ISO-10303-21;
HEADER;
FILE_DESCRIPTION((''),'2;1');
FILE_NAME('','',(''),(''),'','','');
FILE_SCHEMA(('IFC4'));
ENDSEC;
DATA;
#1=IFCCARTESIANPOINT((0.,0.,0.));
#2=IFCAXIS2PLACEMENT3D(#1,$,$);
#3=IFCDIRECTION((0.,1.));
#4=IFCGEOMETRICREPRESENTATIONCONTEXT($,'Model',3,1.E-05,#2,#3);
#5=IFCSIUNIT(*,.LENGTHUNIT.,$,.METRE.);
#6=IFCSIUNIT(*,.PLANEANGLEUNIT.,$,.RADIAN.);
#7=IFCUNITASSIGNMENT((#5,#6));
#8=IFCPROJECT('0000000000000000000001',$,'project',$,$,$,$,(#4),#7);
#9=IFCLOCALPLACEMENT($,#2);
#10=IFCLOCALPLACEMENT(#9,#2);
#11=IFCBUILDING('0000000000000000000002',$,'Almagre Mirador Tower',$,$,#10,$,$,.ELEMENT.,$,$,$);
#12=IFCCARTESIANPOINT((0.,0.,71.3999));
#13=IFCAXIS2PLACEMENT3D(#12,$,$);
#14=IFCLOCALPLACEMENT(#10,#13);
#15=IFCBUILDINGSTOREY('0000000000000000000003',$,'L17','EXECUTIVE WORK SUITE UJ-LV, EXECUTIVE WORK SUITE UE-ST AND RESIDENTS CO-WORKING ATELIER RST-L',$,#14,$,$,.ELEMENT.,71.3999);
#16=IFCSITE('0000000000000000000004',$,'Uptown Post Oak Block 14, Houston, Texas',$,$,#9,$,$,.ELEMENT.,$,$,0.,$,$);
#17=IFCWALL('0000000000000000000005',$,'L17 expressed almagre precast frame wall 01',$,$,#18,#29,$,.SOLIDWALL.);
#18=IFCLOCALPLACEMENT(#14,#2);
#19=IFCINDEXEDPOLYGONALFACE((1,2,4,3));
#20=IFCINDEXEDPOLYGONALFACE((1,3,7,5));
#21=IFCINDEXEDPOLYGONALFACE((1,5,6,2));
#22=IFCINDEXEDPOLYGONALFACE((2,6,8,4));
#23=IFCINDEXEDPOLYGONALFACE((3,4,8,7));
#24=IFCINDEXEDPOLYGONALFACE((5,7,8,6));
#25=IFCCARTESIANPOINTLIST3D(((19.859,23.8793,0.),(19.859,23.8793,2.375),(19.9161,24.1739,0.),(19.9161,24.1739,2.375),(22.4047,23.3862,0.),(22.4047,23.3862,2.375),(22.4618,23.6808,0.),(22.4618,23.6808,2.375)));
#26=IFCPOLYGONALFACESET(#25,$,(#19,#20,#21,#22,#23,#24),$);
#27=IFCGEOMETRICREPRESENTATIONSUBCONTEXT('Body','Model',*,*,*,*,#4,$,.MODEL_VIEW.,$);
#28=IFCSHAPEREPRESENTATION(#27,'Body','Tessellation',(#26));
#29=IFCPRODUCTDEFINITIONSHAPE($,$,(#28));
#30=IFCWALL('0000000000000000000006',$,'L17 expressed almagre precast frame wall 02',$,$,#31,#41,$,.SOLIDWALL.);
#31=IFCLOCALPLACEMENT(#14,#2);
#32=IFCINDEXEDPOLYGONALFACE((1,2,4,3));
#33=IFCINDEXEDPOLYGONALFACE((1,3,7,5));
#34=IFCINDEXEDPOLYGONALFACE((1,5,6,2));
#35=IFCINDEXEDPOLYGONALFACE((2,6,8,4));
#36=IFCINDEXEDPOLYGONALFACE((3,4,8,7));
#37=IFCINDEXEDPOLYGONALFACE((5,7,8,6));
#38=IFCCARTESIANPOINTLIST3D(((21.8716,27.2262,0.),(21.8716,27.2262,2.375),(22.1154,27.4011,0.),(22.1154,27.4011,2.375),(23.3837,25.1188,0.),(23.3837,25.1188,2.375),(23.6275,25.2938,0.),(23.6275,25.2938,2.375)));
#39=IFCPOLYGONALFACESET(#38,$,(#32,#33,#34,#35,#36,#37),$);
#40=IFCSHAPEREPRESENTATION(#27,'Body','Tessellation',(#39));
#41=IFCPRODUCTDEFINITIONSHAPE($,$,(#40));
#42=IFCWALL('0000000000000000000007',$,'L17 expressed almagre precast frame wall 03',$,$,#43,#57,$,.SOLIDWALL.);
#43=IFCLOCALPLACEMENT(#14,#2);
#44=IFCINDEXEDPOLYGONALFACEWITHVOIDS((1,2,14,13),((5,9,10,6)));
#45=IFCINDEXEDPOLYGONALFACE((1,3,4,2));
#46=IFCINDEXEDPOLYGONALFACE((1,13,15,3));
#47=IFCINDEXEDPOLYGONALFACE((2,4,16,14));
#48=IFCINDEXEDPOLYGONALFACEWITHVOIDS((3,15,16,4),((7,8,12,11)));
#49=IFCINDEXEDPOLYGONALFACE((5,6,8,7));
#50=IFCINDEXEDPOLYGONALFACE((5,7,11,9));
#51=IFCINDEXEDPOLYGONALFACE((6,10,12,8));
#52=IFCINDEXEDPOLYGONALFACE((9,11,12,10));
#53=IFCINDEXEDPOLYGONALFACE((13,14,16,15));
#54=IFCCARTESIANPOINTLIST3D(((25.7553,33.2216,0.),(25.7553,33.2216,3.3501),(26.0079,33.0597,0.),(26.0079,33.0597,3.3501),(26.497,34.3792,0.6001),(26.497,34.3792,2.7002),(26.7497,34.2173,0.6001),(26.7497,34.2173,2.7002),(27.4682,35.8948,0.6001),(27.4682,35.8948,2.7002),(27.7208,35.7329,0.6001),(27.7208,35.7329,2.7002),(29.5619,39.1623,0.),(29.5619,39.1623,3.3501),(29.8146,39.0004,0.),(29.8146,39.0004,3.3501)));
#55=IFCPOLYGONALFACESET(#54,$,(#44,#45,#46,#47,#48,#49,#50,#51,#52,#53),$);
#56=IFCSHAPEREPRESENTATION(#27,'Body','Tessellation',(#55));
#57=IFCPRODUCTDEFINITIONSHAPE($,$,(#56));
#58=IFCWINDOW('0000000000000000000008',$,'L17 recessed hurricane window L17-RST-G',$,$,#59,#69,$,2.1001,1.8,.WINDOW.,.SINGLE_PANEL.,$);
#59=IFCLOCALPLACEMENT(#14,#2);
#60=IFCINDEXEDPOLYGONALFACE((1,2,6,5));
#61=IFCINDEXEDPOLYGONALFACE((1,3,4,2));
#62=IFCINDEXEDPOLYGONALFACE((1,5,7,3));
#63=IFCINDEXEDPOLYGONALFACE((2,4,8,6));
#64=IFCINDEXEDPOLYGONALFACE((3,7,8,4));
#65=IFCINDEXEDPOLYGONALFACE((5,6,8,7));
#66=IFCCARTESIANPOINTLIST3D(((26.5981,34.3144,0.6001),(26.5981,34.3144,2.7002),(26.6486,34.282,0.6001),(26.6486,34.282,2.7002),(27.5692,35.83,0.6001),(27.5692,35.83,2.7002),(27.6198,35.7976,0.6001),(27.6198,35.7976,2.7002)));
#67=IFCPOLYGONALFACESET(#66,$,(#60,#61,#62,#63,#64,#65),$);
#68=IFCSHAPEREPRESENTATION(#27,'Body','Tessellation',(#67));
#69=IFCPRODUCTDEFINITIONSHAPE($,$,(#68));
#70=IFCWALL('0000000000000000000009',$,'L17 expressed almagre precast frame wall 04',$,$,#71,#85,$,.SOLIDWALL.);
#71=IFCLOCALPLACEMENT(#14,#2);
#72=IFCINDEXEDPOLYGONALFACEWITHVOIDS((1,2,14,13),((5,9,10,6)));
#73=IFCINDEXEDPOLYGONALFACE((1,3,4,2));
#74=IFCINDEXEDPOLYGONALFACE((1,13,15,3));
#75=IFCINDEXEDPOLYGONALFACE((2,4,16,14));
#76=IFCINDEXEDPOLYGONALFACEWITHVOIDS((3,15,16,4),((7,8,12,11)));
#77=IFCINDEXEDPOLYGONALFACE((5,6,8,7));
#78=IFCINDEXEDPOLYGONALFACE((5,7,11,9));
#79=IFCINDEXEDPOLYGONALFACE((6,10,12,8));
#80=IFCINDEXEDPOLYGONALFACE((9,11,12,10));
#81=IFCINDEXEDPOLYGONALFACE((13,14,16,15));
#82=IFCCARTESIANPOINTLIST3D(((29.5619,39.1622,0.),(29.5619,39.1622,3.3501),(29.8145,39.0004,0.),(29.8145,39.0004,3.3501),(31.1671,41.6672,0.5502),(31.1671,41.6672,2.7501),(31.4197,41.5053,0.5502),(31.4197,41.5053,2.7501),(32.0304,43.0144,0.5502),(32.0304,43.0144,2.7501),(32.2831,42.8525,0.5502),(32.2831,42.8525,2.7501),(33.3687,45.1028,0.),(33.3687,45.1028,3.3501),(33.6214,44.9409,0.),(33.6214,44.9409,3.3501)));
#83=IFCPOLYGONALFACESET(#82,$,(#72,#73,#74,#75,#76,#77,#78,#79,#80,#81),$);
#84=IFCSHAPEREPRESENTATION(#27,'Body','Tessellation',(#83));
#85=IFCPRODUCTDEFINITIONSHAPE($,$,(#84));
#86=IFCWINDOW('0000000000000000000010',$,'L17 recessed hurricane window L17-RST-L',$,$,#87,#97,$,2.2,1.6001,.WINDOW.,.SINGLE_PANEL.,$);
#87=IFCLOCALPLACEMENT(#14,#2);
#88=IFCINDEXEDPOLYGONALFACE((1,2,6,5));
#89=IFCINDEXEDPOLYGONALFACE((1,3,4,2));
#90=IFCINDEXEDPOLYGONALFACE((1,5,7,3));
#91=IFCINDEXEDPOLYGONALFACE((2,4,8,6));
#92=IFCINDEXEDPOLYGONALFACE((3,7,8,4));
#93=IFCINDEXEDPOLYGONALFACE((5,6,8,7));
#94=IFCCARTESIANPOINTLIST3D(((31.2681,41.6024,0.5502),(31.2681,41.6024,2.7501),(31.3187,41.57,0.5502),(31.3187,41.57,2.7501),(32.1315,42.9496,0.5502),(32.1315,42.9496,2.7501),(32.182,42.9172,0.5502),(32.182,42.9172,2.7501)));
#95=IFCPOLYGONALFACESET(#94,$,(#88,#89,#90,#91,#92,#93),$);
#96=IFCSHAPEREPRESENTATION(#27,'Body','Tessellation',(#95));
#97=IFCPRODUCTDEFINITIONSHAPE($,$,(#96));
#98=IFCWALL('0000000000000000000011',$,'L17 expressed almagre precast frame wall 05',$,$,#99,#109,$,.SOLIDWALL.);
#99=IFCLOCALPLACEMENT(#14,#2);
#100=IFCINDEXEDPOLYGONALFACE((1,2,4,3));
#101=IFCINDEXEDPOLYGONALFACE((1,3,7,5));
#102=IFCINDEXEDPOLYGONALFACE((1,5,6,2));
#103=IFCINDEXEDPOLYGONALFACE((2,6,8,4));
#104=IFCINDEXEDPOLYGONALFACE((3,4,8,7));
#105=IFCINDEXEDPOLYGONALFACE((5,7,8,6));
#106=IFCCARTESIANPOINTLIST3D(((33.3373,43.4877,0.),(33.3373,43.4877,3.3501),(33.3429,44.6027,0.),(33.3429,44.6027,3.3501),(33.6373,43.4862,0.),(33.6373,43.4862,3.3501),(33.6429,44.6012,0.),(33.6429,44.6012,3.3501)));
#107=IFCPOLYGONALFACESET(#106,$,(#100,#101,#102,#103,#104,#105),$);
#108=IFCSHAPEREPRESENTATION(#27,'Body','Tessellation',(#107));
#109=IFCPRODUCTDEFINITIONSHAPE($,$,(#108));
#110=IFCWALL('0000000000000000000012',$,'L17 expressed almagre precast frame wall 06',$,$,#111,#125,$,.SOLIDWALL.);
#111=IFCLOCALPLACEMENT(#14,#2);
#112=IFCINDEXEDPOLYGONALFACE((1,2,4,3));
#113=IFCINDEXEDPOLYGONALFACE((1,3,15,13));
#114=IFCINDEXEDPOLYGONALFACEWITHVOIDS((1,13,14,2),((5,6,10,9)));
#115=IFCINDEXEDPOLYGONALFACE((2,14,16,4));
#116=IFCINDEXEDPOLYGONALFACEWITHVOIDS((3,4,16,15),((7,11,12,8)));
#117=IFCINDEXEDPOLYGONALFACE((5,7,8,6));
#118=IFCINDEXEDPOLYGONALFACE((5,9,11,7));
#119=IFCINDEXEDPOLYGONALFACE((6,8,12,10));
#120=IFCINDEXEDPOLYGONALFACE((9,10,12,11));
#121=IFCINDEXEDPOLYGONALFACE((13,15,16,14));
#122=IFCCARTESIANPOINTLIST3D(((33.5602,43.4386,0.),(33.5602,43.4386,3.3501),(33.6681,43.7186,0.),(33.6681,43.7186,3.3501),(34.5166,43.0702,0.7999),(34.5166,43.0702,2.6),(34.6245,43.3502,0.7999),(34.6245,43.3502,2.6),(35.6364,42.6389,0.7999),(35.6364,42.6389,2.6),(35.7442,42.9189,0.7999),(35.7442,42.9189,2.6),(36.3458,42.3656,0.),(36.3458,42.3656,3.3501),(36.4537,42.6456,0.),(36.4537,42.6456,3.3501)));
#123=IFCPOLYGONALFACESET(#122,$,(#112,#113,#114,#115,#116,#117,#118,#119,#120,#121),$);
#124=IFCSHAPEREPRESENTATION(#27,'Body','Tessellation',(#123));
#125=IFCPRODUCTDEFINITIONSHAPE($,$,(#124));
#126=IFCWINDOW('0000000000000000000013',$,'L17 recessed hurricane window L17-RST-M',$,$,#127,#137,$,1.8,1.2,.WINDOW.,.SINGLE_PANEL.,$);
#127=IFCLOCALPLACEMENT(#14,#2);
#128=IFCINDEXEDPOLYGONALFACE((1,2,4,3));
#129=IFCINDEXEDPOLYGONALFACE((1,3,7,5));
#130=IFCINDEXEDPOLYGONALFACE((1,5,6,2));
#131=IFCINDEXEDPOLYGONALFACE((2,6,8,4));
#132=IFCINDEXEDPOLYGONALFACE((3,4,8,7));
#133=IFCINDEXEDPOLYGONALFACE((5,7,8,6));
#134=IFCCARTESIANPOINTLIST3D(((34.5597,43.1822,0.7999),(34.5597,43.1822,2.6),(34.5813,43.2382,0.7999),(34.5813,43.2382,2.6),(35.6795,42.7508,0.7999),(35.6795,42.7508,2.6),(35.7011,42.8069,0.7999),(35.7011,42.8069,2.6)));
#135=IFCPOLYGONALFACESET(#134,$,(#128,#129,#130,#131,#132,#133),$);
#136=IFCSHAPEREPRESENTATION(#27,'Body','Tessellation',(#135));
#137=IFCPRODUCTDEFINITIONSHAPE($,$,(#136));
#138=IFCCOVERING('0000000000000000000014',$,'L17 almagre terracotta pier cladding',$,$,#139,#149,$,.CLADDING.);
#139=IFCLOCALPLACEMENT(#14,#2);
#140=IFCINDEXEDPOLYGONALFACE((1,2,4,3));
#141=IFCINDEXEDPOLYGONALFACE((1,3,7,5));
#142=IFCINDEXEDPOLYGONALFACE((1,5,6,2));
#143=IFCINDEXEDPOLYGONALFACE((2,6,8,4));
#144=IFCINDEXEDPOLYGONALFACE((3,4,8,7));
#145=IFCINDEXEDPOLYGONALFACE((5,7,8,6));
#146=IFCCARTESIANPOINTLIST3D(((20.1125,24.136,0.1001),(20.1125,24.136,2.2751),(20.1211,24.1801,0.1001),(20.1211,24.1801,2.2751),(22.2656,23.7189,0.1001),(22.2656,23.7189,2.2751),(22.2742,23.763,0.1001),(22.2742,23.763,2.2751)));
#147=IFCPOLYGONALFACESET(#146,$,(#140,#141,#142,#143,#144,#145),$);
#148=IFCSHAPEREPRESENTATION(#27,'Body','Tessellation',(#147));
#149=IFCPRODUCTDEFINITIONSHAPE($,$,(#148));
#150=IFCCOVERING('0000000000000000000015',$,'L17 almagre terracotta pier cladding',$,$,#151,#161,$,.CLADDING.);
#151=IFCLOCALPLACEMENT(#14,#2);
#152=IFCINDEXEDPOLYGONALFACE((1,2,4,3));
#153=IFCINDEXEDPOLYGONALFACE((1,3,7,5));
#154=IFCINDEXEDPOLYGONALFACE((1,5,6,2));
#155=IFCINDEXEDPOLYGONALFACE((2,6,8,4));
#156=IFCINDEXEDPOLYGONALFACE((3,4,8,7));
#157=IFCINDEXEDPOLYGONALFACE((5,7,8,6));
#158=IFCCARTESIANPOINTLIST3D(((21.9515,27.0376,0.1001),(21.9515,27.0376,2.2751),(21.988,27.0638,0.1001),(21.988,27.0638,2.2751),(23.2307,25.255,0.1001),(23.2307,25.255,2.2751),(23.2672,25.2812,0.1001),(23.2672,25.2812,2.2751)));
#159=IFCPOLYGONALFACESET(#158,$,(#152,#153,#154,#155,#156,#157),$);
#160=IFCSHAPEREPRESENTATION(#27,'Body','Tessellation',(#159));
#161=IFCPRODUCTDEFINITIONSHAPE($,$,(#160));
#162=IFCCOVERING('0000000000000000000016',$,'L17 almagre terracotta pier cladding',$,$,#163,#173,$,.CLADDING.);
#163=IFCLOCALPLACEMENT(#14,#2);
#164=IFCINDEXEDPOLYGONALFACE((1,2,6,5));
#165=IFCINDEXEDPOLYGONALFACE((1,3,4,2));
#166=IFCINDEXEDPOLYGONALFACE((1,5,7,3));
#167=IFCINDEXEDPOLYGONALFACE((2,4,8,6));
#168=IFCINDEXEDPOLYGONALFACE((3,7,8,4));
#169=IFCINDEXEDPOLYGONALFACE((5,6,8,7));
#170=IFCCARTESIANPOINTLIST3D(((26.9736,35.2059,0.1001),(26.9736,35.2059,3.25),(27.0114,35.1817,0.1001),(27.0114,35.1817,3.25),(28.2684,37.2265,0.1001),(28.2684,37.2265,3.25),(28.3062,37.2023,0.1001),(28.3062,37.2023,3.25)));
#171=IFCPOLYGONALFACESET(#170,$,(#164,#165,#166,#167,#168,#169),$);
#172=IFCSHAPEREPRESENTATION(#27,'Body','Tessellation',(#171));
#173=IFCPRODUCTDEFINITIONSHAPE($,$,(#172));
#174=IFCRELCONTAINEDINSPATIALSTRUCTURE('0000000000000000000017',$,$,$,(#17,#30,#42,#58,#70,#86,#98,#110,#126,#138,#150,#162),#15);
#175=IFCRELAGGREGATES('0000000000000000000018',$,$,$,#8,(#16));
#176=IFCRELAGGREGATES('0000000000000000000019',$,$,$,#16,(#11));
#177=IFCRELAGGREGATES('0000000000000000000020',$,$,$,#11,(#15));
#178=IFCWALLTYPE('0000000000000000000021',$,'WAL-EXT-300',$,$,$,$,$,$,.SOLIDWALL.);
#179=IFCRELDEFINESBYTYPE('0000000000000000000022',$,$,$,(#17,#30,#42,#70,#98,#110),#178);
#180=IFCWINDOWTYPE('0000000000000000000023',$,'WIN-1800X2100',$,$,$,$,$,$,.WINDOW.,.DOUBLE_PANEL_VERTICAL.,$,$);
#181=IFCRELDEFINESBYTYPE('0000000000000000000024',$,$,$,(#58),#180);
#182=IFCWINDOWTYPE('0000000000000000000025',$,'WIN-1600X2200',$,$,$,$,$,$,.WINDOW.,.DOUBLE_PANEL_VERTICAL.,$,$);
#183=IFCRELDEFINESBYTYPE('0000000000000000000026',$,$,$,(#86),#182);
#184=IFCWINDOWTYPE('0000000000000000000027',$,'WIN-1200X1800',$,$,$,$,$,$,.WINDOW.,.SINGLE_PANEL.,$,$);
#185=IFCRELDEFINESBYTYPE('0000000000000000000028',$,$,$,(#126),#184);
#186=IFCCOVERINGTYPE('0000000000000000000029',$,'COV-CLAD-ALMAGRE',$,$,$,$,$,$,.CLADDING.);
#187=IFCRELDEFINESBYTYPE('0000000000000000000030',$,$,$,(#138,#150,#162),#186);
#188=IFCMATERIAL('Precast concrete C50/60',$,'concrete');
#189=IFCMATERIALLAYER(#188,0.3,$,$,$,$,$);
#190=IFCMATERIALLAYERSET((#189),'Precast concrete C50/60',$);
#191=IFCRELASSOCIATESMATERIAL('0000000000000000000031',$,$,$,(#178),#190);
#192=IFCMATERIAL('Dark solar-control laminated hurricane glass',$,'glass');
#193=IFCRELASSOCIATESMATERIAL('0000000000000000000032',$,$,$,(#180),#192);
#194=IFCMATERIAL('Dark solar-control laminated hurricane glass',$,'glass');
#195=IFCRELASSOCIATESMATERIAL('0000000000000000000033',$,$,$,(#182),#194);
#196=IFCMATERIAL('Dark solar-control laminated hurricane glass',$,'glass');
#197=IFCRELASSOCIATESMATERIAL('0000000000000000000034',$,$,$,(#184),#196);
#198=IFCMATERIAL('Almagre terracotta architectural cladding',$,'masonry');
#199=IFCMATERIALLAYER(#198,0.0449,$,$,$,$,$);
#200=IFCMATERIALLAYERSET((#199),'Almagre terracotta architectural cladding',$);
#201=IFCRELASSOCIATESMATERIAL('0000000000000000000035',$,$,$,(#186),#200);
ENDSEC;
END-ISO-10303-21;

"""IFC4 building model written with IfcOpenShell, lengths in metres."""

from ifc_helpers import new_model, si_unit, direction, frame, frame_2d, origin, origin_2d, place, context, subcontext, project, spatial, rectangle, extrude, material, layer, layer_set, type_object, element, fill, save


model = new_model("IFC4")

# Units and contexts
model_context = context("Model", 3, precision=1e-05, world=origin(), true_north=direction((0.0, 1.0)))
body_context = subcontext(model_context, "Body", "Model", "MODEL_VIEW")
ifc_project = project(units=[si_unit("LENGTHUNIT", "METRE"), si_unit("PLANEANGLEUNIT", "RADIAN")], contexts=[model_context])

# Site, building, storey
site_placement = place(None, origin())
site = spatial("IfcSite", under=ifc_project, at=site_placement, Name="Uptown Post Oak Block 14, Houston, Texas", CompositionType="ELEMENT", RefElevation=0.0)
building_placement = place(site_placement, origin())
building = spatial("IfcBuilding", under=site, at=building_placement, Name="Almagre Mirador Tower", CompositionType="ELEMENT")
storey_placement = place(building_placement, frame((0.0, 0.0, 71.3999)))
storey = spatial("IfcBuildingStorey", under=building, at=storey_placement, Name="L17", Description="EXECUTIVE WORK SUITE UJ-LV, EXECUTIVE WORK SUITE UE-ST AND RESIDENTS CO-WORKING ATELIER RST-L", CompositionType="ELEMENT", Elevation=71.3999)

# Walls
ifc_material_1 = material(Name="Precast concrete C50/60", Category="concrete")
ifc_layer_1 = layer(ifc_material_1, 0.3)
ifc_layer_set_1 = layer_set([ifc_layer_1], Name="Precast concrete C50/60")
wall_type = type_object("IfcWallType", Name="WAL-EXT-300", PredefinedType="SOLIDWALL", material=ifc_layer_set_1)
wall_1_placement = place(storey_placement, frame((19.8877, 24.0266, 0.0), z_axis=(0.0, 0.0, 1.0), x_axis=(0.981747, -0.190192, 0.0)))
element("IfcWall", 1, at=wall_1_placement, inside=storey, type_object=wall_type, Name="L17 expressed almagre precast frame wall 01", PredefinedType="SOLIDWALL", context=body_context, shape_type="SweptSolid", body=[
    extrude(rectangle(XDim=2.593, YDim=0.3, at=frame_2d((1.2964, 0.0))), origin(), (0.0, 0.0, 1.0), 2.375),
])
wall_2_placement = place(storey_placement, frame((23.5056, 25.2063, 0.0), z_axis=(0.0, 0.0, 1.0), x_axis=(-0.583, 0.812472, 0.0)))
element("IfcWall", 2, at=wall_2_placement, inside=storey, type_object=wall_type, Name="L17 expressed almagre precast frame wall 02", PredefinedType="SOLIDWALL", context=body_context, shape_type="SweptSolid", body=[
    extrude(rectangle(XDim=2.5938, YDim=0.3, at=frame_2d((1.2969, 0.0))), origin(), (0.0, 0.0, 1.0), 2.375),
])

# Walls, openings, windows
wall_3_placement = place(storey_placement, frame((25.8816, 33.1406, 0.0), z_axis=(0.0, 0.0, 1.0), x_axis=(0.539517, 0.841975, 0.0)))
wall_3 = element("IfcWall", 3, at=wall_3_placement, inside=storey, type_object=wall_type, Name="L17 expressed almagre precast frame wall 03", PredefinedType="SOLIDWALL", context=body_context, shape_type="SweptSolid", body=[
    extrude(rectangle(XDim=7.0557, YDim=0.3, at=frame_2d((3.5278, 0.0))), origin(), (0.0, 0.0, 1.0), 3.3501),
])
opening_1_placement = place(wall_3_placement, frame((1.375, 0.0, 0.6001)))
opening_1 = element("IfcOpeningElement", 4, at=opening_1_placement, cuts=wall_3, PredefinedType="OPENING", context=body_context, shape_type="SweptSolid", body=[
    extrude(rectangle(XDim=1.8, YDim=2.1001, at=frame_2d((0.8999, 1.05))), frame((0.0, 0.1599, 0.0), z_axis=(0.0, -1.0, 0.0), x_axis=(1.0, 0.0, 0.0)), (0.0, 0.0, 1.0), 0.32),
])
ifc_material_2 = material(Name="Dark solar-control laminated hurricane glass", Category="glass")
window_type_1 = type_object("IfcWindowType", Name="WIN-1800X2100", PartitioningType="DOUBLE_PANEL_VERTICAL", PredefinedType="WINDOW", material=ifc_material_2)
window_1_placement = place(opening_1_placement, origin())
window_1 = element("IfcWindow", 5, at=window_1_placement, inside=storey, type_object=window_type_1, Name="L17 recessed hurricane window L17-RST-G", OverallHeight=2.1001, OverallWidth=1.8, PartitioningType="SINGLE_PANEL", PredefinedType="WINDOW", context=body_context, shape_type="SweptSolid", body=[
    extrude(rectangle(XDim=1.8, YDim=2.1001, at=frame_2d((0.8999, 1.05))), frame((0.0, 0.03, 0.0), z_axis=(0.0, -1.0, 0.0), x_axis=(1.0, 0.0, 0.0)), (0.0, 0.0, 1.0), 0.0601),
])
fill(opening_1, window_1)
wall_4_placement = place(storey_placement, frame((29.6882, 39.0813, 0.0), z_axis=(0.0, 0.0, 1.0), x_axis=(0.539542, 0.841959, 0.0)))
wall_4 = element("IfcWall", 6, at=wall_4_placement, inside=storey, type_object=wall_type, Name="L17 expressed almagre precast frame wall 04", PredefinedType="SOLIDWALL", context=body_context, shape_type="SweptSolid", body=[
    extrude(rectangle(XDim=7.0557, YDim=0.3, at=frame_2d((3.5278, 0.0))), origin(), (0.0, 0.0, 1.0), 3.3501),
])
opening_2_placement = place(wall_4_placement, frame((2.9751, 0.0, 0.55)))
opening_2 = element("IfcOpeningElement", 7, at=opening_2_placement, cuts=wall_4, PredefinedType="OPENING", context=body_context, shape_type="SweptSolid", body=[
    extrude(rectangle(XDim=1.6001, YDim=2.2, at=frame_2d((0.8, 1.1001))), frame((0.0, 0.1599, 0.0), z_axis=(0.0, -1.0, 0.0), x_axis=(1.0, 0.0, 0.0)), (0.0, 0.0, 1.0), 0.32),
])
ifc_material_3 = material(Name="Dark solar-control laminated hurricane glass", Category="glass")
window_type_2 = type_object("IfcWindowType", Name="WIN-1600X2200", PartitioningType="DOUBLE_PANEL_VERTICAL", PredefinedType="WINDOW", material=ifc_material_3)
window_2_placement = place(opening_2_placement, origin())
window_2 = element("IfcWindow", 8, at=window_2_placement, inside=storey, type_object=window_type_2, Name="L17 recessed hurricane window L17-RST-L", OverallHeight=2.2, OverallWidth=1.6001, PartitioningType="SINGLE_PANEL", PredefinedType="WINDOW", context=body_context, shape_type="SweptSolid", body=[
    extrude(rectangle(XDim=1.6001, YDim=2.2, at=frame_2d((0.8, 1.1001))), frame((0.0, 0.03, 0.0), z_axis=(0.0, -1.0, 0.0), x_axis=(1.0, 0.0, 0.0)), (0.0, 0.0, 1.0), 0.0601),
])
fill(opening_2, window_2)

# Wall
wall_5_placement = place(storey_placement, frame((33.4929, 44.6021, 0.0), z_axis=(0.0, 0.0, 1.0), x_axis=(-0.005036, -0.999987, 0.0)))
element("IfcWall", 9, at=wall_5_placement, inside=storey, type_object=wall_type, Name="L17 expressed almagre precast frame wall 05", PredefinedType="SOLIDWALL", context=body_context, shape_type="SweptSolid", body=[
    extrude(rectangle(XDim=1.115, YDim=0.3, at=frame_2d((0.5576, 0.0))), origin(), (0.0, 0.0, 1.0), 3.3501),
])

# Wall, opening, window
wall_6_placement = place(storey_placement, frame((33.614, 43.5786, 0.0), z_axis=(0.0, 0.0, 1.0), x_axis=(0.933166, -0.359445, 0.0)))
wall_6 = element("IfcWall", 10, at=wall_6_placement, inside=storey, type_object=wall_type, Name="L17 expressed almagre precast frame wall 06", PredefinedType="SOLIDWALL", context=body_context, shape_type="SweptSolid", body=[
    extrude(rectangle(XDim=2.9851, YDim=0.3, at=frame_2d((1.4927, 0.0))), origin(), (0.0, 0.0, 1.0), 3.3501),
])
opening_3_placement = place(wall_6_placement, frame((1.0249, 0.0, 0.8)))
opening_3 = element("IfcOpeningElement", 11, at=opening_3_placement, cuts=wall_6, PredefinedType="OPENING", context=body_context, shape_type="SweptSolid", body=[
    extrude(rectangle(XDim=1.2, YDim=1.8, at=frame_2d((0.6001, 0.8999))), frame((0.0, 0.1599, 0.0), z_axis=(0.0, -1.0, 0.0), x_axis=(1.0, 0.0, 0.0)), (0.0, 0.0, 1.0), 0.32),
])
ifc_material_4 = material(Name="Dark solar-control laminated hurricane glass", Category="glass")
window_type_3 = type_object("IfcWindowType", Name="WIN-1200X1800", PartitioningType="SINGLE_PANEL", PredefinedType="WINDOW", material=ifc_material_4)
window_3_placement = place(opening_3_placement, origin())
window_3 = element("IfcWindow", 12, at=window_3_placement, inside=storey, type_object=window_type_3, Name="L17 recessed hurricane window L17-RST-M", OverallHeight=1.8, OverallWidth=1.2, PartitioningType="SINGLE_PANEL", PredefinedType="WINDOW", context=body_context, shape_type="SweptSolid", body=[
    extrude(rectangle(XDim=1.2, YDim=1.8, at=frame_2d((0.6001, 0.8999))), frame((0.0, 0.03, 0.0), z_axis=(0.0, -1.0, 0.0), x_axis=(1.0, 0.0, 0.0)), (0.0, 0.0, 1.0), 0.0601),
])
fill(opening_3, window_3)

# Coverings
ifc_material_5 = material(Name="Almagre terracotta architectural cladding", Category="masonry")
ifc_layer_2 = layer(ifc_material_5, 0.0449)
ifc_layer_set_2 = layer_set([ifc_layer_2], Name="Almagre terracotta architectural cladding")
covering_type = type_object("IfcCoveringType", Name="COV-CLAD-ALMAGRE", PredefinedType="CLADDING", material=ifc_layer_set_2)
covering_1_placement = place(storey_placement, frame((21.1934, 23.9495, 0.1001), z_axis=(0.0, 0.0, 1.0), x_axis=(0.981747, -0.190192, 0.0)))
element("IfcCovering", 13, at=covering_1_placement, inside=storey, type_object=covering_type, Name="L17 almagre terracotta pier cladding", PredefinedType="CLADDING", context=body_context, shape_type="SweptSolid", body=[
    extrude(rectangle(XDim=2.1931, YDim=0.0449, at=origin_2d()), origin(), (0.0, 0.0, 1.0), 2.175),
])
covering_2_placement = place(storey_placement, frame((22.6094, 26.1594, 0.1001), z_axis=(0.0, 0.0, 1.0), x_axis=(-0.583002, 0.81247, 0.0)))
element("IfcCovering", 14, at=covering_2_placement, inside=storey, type_object=covering_type, Name="L17 almagre terracotta pier cladding", PredefinedType="CLADDING", context=body_context, shape_type="SweptSolid", body=[
    extrude(rectangle(XDim=2.1941, YDim=0.0449, at=origin_2d()), origin(), (0.0, 0.0, 1.0), 2.175),
])
for number, where, z_axis, x_axis, name in (
    (15, (27.6399, 36.2041, 0.1001), (0.0, 0.0, 1.0), (0.53952, 0.841972, 0.0), "L17 almagre terracotta pier cladding"),
):
    element("IfcCovering", number, at=place(storey_placement, frame(where, z_axis=z_axis, x_axis=x_axis)), inside=storey, type_object=covering_type, Name=name, PredefinedType="CLADDING", context=body_context, shape_type="SweptSolid", body=[
        extrude(rectangle(XDim=2.3999, YDim=0.0449, at=origin_2d()), origin(), (0.0, 0.0, 1.0), 3.1499),
    ])

save(model, "model.ifc")
